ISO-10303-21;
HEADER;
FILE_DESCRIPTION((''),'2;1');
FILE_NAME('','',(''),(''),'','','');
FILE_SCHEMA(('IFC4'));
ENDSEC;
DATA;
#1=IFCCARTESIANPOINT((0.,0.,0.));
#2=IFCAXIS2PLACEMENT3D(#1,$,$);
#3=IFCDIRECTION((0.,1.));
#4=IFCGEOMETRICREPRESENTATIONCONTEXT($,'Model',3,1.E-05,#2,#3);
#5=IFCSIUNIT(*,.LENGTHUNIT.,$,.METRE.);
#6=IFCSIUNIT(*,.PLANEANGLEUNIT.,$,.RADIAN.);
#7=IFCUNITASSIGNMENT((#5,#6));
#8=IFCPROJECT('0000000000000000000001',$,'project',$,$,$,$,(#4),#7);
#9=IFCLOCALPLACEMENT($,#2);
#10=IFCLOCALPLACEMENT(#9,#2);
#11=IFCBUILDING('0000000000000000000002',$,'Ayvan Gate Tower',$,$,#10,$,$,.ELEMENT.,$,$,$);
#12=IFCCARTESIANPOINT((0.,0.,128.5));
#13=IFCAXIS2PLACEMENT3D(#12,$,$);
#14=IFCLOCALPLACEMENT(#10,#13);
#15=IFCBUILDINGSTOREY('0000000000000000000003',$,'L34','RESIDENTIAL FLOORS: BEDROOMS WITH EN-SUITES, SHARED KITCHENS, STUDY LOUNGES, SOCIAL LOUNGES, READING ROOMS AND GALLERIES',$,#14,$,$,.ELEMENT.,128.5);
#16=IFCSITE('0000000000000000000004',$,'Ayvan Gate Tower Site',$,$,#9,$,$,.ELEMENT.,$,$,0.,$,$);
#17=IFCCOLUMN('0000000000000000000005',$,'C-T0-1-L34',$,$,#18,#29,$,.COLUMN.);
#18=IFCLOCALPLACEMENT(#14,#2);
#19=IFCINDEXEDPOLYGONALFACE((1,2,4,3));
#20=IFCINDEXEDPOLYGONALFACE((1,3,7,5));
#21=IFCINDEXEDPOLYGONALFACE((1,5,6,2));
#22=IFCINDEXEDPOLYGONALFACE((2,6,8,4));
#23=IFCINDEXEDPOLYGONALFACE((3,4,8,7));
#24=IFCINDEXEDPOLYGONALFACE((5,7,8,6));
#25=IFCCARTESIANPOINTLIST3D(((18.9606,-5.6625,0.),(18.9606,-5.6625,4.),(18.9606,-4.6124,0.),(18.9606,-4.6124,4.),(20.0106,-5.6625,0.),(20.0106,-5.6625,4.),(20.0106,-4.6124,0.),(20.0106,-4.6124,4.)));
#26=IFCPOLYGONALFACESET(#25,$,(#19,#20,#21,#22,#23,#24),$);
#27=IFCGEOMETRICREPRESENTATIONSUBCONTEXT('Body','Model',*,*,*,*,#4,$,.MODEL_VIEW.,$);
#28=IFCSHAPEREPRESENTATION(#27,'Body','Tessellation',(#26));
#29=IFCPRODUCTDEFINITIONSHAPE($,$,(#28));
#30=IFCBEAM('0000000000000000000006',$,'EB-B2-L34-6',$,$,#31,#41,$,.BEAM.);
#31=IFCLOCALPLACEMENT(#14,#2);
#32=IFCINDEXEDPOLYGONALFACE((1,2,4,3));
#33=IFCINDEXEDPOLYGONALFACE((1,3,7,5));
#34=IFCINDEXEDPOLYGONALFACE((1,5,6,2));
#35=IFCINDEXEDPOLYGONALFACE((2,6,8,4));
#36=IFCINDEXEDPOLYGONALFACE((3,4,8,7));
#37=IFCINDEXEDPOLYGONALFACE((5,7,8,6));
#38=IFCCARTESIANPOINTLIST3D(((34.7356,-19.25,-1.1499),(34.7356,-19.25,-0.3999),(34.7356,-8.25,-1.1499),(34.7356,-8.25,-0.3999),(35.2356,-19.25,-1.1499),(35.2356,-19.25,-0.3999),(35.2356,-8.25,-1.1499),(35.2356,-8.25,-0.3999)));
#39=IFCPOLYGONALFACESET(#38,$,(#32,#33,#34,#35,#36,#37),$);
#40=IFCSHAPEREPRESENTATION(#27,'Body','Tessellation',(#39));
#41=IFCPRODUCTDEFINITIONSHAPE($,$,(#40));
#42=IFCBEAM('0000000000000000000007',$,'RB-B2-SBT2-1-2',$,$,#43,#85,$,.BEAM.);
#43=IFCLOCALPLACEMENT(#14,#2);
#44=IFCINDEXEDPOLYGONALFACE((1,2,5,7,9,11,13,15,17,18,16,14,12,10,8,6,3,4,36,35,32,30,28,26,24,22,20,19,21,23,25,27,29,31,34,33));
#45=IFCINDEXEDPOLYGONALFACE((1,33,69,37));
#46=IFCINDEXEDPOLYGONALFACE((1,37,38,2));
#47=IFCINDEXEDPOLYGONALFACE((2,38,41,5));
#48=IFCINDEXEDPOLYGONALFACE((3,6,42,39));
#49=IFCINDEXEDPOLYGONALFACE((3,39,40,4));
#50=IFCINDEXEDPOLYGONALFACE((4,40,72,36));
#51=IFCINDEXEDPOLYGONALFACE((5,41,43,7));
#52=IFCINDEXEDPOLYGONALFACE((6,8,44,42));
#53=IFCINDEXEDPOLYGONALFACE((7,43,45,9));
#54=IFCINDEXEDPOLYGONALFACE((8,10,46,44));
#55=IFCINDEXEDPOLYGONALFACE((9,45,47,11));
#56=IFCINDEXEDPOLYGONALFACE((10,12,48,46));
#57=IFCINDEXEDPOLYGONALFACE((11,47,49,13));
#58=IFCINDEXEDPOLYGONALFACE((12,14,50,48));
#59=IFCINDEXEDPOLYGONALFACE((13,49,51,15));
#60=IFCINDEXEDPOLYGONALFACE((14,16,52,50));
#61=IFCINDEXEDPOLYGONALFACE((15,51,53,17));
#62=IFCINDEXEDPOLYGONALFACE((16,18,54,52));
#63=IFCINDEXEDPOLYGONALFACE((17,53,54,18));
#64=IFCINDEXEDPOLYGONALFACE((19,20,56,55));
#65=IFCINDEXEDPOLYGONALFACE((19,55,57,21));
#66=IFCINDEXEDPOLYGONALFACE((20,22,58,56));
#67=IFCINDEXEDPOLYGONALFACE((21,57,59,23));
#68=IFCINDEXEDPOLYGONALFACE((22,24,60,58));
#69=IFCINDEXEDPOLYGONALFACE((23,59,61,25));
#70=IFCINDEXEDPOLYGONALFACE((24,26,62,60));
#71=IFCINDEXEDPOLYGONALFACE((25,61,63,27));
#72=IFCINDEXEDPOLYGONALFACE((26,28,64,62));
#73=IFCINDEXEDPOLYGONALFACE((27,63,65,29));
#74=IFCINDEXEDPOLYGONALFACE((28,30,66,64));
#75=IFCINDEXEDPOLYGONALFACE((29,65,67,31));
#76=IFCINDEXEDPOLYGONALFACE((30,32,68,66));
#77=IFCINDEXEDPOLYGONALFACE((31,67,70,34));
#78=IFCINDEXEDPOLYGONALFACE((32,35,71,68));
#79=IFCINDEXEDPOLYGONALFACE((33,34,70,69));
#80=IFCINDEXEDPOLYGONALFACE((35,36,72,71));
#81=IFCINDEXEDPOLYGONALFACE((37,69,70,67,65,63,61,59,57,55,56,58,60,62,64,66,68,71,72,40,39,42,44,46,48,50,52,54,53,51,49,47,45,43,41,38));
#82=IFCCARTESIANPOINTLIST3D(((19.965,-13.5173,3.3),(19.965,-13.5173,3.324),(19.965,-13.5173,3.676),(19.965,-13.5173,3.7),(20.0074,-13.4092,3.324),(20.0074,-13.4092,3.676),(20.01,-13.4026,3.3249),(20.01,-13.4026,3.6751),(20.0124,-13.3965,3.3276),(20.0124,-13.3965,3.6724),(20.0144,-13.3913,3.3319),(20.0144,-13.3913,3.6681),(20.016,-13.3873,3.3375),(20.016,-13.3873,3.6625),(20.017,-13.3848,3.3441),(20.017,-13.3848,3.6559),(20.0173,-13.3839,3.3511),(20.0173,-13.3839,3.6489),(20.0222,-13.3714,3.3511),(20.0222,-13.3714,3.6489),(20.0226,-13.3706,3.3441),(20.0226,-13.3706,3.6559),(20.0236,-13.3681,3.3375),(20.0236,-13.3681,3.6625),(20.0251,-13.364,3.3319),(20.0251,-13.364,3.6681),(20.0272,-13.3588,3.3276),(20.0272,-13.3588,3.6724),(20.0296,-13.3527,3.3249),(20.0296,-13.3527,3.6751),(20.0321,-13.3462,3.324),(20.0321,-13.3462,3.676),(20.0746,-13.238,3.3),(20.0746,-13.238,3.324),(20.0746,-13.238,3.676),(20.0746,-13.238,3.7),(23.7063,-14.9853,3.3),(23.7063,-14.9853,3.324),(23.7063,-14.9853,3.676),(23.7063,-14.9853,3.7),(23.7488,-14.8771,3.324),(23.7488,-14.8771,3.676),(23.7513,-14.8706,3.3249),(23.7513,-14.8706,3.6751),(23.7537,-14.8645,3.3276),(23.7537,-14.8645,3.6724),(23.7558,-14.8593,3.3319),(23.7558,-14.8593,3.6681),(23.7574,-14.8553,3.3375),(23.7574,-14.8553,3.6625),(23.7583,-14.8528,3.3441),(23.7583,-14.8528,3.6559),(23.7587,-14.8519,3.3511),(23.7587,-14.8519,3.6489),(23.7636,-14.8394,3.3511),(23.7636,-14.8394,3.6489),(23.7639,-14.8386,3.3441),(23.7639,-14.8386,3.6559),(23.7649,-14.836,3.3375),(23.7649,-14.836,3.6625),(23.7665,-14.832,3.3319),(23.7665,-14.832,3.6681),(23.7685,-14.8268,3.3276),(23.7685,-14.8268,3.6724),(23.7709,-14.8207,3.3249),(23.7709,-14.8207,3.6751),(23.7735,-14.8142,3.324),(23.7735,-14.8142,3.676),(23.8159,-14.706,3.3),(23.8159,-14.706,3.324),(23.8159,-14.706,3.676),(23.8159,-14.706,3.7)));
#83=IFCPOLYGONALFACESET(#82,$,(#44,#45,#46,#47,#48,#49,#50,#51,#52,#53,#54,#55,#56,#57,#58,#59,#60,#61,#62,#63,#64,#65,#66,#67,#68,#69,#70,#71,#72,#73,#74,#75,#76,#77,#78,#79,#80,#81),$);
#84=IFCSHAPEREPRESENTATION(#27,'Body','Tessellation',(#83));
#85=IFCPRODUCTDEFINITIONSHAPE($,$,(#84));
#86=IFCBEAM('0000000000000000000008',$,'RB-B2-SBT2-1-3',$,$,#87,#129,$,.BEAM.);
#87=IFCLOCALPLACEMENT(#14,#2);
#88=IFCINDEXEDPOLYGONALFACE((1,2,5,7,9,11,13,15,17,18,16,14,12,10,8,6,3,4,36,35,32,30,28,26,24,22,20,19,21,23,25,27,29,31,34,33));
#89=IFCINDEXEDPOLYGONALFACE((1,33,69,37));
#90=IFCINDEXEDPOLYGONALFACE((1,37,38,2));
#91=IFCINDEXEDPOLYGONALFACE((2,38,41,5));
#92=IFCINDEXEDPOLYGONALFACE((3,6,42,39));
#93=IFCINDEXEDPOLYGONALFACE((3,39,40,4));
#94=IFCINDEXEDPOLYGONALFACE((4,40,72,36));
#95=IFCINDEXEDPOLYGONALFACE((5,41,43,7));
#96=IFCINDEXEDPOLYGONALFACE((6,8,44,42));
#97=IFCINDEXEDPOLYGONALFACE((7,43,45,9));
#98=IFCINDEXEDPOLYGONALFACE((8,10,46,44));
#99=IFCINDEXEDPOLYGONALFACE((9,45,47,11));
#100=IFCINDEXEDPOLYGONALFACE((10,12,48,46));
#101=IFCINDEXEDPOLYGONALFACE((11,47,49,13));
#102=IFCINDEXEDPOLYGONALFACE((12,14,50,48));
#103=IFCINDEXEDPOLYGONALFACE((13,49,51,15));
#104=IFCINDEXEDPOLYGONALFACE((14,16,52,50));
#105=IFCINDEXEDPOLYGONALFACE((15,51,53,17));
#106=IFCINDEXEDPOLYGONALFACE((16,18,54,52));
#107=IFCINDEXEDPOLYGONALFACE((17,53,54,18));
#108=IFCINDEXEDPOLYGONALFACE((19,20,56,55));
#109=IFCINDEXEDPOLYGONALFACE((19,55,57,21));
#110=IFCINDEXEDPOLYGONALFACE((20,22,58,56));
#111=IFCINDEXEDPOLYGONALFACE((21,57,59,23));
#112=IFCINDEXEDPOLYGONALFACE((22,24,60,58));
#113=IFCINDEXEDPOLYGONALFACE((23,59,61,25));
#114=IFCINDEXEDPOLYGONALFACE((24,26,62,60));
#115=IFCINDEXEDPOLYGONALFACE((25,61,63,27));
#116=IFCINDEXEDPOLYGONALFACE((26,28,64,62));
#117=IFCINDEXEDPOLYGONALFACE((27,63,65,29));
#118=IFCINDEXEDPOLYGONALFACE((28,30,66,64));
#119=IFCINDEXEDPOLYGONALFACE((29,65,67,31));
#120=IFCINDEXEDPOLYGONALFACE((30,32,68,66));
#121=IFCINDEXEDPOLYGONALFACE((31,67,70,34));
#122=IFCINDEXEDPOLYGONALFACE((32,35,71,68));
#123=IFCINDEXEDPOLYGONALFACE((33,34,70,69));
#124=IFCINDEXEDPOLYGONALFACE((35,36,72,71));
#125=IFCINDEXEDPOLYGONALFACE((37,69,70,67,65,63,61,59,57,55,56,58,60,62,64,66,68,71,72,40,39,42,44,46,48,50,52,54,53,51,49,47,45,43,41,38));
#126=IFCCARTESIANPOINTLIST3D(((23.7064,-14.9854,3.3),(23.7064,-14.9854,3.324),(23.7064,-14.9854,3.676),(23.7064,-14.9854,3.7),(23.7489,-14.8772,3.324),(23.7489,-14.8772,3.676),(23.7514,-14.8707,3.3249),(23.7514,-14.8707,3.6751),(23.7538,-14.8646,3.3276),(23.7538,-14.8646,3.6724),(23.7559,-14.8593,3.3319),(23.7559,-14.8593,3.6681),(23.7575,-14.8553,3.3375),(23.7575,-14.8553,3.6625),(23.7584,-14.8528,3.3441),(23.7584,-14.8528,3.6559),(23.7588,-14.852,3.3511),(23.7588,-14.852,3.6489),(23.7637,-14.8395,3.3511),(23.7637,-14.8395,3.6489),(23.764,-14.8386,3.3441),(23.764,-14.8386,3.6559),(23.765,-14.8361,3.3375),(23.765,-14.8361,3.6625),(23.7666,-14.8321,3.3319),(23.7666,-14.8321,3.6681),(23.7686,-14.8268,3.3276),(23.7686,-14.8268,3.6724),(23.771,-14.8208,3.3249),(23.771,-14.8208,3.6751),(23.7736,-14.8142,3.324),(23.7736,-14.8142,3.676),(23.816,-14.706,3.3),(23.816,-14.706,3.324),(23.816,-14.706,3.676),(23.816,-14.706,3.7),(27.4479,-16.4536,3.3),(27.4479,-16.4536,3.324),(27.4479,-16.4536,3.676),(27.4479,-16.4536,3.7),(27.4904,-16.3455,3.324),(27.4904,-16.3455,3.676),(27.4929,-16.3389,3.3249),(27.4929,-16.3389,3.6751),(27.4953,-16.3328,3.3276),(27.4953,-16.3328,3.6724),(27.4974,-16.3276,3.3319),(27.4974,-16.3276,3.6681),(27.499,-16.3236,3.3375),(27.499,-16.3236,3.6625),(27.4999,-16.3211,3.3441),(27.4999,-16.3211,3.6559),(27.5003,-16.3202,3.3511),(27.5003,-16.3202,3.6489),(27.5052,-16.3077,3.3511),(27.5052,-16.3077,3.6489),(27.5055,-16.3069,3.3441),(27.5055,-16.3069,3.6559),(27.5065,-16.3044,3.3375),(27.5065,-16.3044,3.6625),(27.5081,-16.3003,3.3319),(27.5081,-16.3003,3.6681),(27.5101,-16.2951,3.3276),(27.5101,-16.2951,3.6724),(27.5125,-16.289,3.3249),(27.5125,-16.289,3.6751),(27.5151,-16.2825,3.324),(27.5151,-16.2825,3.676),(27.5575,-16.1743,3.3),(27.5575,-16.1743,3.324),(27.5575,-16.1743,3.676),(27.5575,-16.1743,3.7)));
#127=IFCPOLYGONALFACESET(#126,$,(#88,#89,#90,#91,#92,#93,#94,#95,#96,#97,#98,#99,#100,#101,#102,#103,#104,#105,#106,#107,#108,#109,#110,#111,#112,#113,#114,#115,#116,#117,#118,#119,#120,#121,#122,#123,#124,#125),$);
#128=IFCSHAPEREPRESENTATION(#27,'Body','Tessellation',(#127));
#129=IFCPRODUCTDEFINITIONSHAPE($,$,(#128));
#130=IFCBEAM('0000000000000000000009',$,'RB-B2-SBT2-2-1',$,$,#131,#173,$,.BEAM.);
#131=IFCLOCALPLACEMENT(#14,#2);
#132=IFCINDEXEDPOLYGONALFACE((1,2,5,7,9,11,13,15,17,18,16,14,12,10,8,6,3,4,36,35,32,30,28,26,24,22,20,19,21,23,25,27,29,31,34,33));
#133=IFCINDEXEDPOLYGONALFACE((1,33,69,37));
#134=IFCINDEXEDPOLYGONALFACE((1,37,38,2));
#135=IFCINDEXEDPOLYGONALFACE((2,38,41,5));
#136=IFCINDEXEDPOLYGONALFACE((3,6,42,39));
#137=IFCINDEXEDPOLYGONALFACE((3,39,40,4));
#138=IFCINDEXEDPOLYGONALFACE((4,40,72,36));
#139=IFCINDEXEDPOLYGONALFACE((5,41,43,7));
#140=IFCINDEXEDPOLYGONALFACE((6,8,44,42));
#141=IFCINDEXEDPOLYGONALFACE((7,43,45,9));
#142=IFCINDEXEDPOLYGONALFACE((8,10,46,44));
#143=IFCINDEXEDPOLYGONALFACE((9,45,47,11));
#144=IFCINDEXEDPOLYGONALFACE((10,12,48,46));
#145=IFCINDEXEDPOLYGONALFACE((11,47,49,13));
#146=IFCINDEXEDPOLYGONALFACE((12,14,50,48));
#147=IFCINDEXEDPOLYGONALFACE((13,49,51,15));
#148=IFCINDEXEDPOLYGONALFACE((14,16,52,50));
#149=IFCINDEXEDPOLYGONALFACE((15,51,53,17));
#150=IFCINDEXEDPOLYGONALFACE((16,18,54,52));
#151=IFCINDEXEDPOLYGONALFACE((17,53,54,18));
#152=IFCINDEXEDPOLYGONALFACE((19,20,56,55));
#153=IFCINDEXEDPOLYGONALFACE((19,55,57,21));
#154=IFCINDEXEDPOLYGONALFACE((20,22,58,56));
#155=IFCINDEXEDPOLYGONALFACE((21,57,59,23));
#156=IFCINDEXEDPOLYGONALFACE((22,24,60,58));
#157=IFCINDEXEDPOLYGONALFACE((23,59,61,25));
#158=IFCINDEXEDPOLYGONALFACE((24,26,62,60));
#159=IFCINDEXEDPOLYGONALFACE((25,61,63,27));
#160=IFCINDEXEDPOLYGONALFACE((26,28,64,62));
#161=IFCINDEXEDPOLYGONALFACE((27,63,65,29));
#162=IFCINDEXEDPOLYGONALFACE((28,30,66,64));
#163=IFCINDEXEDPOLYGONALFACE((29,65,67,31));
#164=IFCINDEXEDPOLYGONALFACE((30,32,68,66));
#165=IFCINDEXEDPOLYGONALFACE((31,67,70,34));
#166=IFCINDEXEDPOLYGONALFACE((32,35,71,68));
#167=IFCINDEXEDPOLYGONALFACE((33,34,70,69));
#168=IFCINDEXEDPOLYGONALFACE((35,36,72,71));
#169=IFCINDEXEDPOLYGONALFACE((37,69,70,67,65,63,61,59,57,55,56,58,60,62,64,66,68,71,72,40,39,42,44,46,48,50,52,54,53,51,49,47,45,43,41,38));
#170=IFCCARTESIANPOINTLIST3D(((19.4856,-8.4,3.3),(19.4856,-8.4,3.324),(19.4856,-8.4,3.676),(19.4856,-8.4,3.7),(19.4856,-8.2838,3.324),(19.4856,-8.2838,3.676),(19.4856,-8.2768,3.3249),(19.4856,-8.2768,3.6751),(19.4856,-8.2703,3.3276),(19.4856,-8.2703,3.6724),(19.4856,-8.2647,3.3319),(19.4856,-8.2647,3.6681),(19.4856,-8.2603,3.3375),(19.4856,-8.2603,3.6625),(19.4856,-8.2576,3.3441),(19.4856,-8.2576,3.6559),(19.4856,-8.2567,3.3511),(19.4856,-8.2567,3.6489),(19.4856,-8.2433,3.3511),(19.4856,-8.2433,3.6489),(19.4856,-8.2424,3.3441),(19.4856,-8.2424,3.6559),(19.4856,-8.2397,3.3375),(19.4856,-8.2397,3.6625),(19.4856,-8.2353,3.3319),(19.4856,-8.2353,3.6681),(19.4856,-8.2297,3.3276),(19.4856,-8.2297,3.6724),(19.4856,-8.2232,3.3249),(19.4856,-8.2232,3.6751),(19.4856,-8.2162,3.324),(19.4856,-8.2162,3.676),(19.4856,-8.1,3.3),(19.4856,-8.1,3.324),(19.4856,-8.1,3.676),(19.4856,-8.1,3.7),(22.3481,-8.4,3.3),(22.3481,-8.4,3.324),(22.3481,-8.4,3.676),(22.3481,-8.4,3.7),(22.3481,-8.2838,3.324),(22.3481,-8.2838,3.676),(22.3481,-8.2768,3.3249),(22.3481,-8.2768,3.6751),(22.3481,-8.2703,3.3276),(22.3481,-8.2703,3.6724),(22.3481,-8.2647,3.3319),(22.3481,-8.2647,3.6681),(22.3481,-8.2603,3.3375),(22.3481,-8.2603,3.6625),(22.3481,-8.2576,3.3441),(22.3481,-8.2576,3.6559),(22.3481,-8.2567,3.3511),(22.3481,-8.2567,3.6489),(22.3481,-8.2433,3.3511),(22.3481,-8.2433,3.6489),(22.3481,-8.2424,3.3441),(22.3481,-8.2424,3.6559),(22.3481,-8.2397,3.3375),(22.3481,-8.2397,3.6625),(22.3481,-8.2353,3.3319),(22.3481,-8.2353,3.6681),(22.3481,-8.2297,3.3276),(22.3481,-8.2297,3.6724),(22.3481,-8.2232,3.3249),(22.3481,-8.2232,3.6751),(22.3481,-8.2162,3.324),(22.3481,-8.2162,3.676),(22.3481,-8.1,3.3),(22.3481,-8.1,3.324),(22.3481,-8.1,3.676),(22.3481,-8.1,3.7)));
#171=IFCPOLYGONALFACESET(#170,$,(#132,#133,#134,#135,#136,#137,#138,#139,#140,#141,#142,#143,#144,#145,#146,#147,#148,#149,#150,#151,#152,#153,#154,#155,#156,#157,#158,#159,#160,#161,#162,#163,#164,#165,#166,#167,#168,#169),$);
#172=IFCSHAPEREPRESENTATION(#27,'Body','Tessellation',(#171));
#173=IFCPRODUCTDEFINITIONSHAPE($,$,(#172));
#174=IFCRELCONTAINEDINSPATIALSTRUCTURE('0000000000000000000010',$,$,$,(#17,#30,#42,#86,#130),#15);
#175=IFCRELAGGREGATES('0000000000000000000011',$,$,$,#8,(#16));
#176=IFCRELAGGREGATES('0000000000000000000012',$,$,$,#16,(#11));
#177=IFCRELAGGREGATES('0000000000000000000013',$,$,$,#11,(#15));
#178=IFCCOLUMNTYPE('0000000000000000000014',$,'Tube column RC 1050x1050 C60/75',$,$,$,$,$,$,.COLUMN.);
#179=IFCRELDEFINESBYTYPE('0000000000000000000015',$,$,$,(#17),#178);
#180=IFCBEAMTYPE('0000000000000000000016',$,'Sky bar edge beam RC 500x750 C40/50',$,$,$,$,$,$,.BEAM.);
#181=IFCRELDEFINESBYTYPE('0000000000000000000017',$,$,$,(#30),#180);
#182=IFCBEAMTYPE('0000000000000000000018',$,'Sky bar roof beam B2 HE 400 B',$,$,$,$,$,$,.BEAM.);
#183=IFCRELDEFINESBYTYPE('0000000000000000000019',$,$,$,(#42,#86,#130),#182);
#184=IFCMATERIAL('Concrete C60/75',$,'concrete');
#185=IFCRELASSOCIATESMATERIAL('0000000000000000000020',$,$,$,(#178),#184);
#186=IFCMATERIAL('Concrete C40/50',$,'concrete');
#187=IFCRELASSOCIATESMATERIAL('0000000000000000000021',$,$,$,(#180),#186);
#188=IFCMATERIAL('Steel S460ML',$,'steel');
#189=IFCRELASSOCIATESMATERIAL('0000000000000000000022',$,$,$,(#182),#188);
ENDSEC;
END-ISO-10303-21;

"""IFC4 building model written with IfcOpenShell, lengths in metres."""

from ifc_helpers import new_model, si_unit, direction, frame, origin, origin_2d, place, context, subcontext, project, spatial, rectangle, i_section, extrude, material, material_profile, profile_set, type_object, element, save


model = new_model("IFC4")

# Units and contexts
model_context = context("Model", 3, precision=1e-05, world=origin(), true_north=direction((0.0, 1.0)))
body_context = subcontext(model_context, "Body", "Model", "MODEL_VIEW")
ifc_project = project(units=[si_unit("LENGTHUNIT", "METRE"), si_unit("PLANEANGLEUNIT", "RADIAN")], contexts=[model_context])

# Site, building, storey
site_placement = place(None, origin())
site = spatial("IfcSite", under=ifc_project, at=site_placement, Name="Ayvan Gate Tower Site", CompositionType="ELEMENT", RefElevation=0.0)
building_placement = place(site_placement, origin())
building = spatial("IfcBuilding", under=site, at=building_placement, Name="Ayvan Gate Tower", CompositionType="ELEMENT")
storey_placement = place(building_placement, frame((0.0, 0.0, 128.5)))
storey = spatial("IfcBuildingStorey", under=building, at=storey_placement, Name="L34", Description="RESIDENTIAL FLOORS: BEDROOMS WITH EN-SUITES, SHARED KITCHENS, STUDY LOUNGES, SOCIAL LOUNGES, READING ROOMS AND GALLERIES", CompositionType="ELEMENT", Elevation=128.5)

# Column
ifc_material_1 = material(Name="Concrete C60/75", Category="concrete")
ifc_material_profile_1 = material_profile(ifc_material_1, rectangle(XDim=1.05, YDim=1.05, at=origin_2d()), Name="RC 1050x1050")
ifc_profile_set_1 = profile_set([ifc_material_profile_1], Name="Concrete C60/75")
column_type = type_object("IfcColumnType", Name="Tube column RC 1050x1050 C60/75", PredefinedType="COLUMN", material=ifc_profile_set_1)
column_placement = place(storey_placement, frame((19.4856, -5.1375, 0.0), z_axis=(0.0, 0.0, 1.0), x_axis=(1.0, 0.0, 0.0)))
element("IfcColumn", 1, at=column_placement, inside=storey, type_object=column_type, Name="C-T0-1-L34", PredefinedType="COLUMN", context=body_context, shape_type="SweptSolid", body=[
    extrude(rectangle(XDim=1.05, YDim=1.05, at=origin_2d()), origin(), (0.0, 0.0, 1.0), 4.0),
])

# Beams
ifc_material_2 = material(Name="Concrete C40/50", Category="concrete")
ifc_material_profile_2 = material_profile(ifc_material_2, rectangle(XDim=0.5, YDim=0.75, at=origin_2d()), Name="RC 500x750")
ifc_profile_set_2 = profile_set([ifc_material_profile_2], Name="Concrete C40/50")
beam_type_1 = type_object("IfcBeamType", Name="Sky bar edge beam RC 500x750 C40/50", PredefinedType="BEAM", material=ifc_profile_set_2)
beam_1_placement = place(storey_placement, frame((34.9856, -8.25, -0.7749), z_axis=(0.0, -1.0, 0.0), x_axis=(1.0, 0.0, 0.0)))
element("IfcBeam", 2, at=beam_1_placement, inside=storey, type_object=beam_type_1, Name="EB-B2-L34-6", PredefinedType="BEAM", context=body_context, shape_type="SweptSolid", body=[
    extrude(rectangle(XDim=0.5, YDim=0.75, at=origin_2d()), origin(), (0.0, 0.0, 1.0), 11.0),
])
ifc_material_3 = material(Name="Steel S460ML", Category="steel")
ifc_material_profile_3 = material_profile(ifc_material_3, i_section(OverallWidth=0.3, OverallDepth=0.3999, WebThickness=0.0134, FlangeThickness=0.0239, FilletRadius=0.0271, at=origin_2d()), Name="HE 400 B")
ifc_profile_set_3 = profile_set([ifc_material_profile_3], Name="Steel S460ML")
beam_type_2 = type_object("IfcBeamType", Name="Sky bar roof beam B2 HE 400 B", PredefinedType="BEAM", material=ifc_profile_set_3)
beam_2_placement = place(storey_placement, frame((20.0198, -13.3777, 3.5), z_axis=(0.930907, -0.365256, 0.0), x_axis=(0.365256, 0.930907, 0.0)))
element("IfcBeam", 3, at=beam_2_placement, inside=storey, type_object=beam_type_2, Name="RB-B2-SBT2-1-2", PredefinedType="BEAM", context=body_context, shape_type="SweptSolid", body=[
    extrude(i_section(OverallWidth=0.3, OverallDepth=0.3999, WebThickness=0.0134, FlangeThickness=0.0239, FilletRadius=0.0271, at=origin_2d()), origin(), (0.0, 0.0, 1.0), 4.019),
])
beam_3_placement = place(storey_placement, frame((23.7612, -14.8457, 3.5), z_axis=(0.930887, -0.365308, 0.0), x_axis=(0.365308, 0.930887, 0.0)))
element("IfcBeam", 4, at=beam_3_placement, inside=storey, type_object=beam_type_2, Name="RB-B2-SBT2-1-3", PredefinedType="BEAM", context=body_context, shape_type="SweptSolid", body=[
    extrude(i_section(OverallWidth=0.3, OverallDepth=0.3999, WebThickness=0.0134, FlangeThickness=0.0239, FilletRadius=0.0271, at=origin_2d()), origin(), (0.0, 0.0, 1.0), 4.0193),
])
beam_4_placement = place(storey_placement, frame((19.4856, -8.25, 3.5), z_axis=(1.0, 0.0, 0.0), x_axis=(0.0, 1.0, 0.0)))
element("IfcBeam", 5, at=beam_4_placement, inside=storey, type_object=beam_type_2, Name="RB-B2-SBT2-2-1", PredefinedType="BEAM", context=body_context, shape_type="SweptSolid", body=[
    extrude(i_section(OverallWidth=0.3, OverallDepth=0.3999, WebThickness=0.0134, FlangeThickness=0.0239, FilletRadius=0.0271, at=origin_2d()), origin(), (0.0, 0.0, 1.0), 2.8625),
])

save(model, "model.ifc")
